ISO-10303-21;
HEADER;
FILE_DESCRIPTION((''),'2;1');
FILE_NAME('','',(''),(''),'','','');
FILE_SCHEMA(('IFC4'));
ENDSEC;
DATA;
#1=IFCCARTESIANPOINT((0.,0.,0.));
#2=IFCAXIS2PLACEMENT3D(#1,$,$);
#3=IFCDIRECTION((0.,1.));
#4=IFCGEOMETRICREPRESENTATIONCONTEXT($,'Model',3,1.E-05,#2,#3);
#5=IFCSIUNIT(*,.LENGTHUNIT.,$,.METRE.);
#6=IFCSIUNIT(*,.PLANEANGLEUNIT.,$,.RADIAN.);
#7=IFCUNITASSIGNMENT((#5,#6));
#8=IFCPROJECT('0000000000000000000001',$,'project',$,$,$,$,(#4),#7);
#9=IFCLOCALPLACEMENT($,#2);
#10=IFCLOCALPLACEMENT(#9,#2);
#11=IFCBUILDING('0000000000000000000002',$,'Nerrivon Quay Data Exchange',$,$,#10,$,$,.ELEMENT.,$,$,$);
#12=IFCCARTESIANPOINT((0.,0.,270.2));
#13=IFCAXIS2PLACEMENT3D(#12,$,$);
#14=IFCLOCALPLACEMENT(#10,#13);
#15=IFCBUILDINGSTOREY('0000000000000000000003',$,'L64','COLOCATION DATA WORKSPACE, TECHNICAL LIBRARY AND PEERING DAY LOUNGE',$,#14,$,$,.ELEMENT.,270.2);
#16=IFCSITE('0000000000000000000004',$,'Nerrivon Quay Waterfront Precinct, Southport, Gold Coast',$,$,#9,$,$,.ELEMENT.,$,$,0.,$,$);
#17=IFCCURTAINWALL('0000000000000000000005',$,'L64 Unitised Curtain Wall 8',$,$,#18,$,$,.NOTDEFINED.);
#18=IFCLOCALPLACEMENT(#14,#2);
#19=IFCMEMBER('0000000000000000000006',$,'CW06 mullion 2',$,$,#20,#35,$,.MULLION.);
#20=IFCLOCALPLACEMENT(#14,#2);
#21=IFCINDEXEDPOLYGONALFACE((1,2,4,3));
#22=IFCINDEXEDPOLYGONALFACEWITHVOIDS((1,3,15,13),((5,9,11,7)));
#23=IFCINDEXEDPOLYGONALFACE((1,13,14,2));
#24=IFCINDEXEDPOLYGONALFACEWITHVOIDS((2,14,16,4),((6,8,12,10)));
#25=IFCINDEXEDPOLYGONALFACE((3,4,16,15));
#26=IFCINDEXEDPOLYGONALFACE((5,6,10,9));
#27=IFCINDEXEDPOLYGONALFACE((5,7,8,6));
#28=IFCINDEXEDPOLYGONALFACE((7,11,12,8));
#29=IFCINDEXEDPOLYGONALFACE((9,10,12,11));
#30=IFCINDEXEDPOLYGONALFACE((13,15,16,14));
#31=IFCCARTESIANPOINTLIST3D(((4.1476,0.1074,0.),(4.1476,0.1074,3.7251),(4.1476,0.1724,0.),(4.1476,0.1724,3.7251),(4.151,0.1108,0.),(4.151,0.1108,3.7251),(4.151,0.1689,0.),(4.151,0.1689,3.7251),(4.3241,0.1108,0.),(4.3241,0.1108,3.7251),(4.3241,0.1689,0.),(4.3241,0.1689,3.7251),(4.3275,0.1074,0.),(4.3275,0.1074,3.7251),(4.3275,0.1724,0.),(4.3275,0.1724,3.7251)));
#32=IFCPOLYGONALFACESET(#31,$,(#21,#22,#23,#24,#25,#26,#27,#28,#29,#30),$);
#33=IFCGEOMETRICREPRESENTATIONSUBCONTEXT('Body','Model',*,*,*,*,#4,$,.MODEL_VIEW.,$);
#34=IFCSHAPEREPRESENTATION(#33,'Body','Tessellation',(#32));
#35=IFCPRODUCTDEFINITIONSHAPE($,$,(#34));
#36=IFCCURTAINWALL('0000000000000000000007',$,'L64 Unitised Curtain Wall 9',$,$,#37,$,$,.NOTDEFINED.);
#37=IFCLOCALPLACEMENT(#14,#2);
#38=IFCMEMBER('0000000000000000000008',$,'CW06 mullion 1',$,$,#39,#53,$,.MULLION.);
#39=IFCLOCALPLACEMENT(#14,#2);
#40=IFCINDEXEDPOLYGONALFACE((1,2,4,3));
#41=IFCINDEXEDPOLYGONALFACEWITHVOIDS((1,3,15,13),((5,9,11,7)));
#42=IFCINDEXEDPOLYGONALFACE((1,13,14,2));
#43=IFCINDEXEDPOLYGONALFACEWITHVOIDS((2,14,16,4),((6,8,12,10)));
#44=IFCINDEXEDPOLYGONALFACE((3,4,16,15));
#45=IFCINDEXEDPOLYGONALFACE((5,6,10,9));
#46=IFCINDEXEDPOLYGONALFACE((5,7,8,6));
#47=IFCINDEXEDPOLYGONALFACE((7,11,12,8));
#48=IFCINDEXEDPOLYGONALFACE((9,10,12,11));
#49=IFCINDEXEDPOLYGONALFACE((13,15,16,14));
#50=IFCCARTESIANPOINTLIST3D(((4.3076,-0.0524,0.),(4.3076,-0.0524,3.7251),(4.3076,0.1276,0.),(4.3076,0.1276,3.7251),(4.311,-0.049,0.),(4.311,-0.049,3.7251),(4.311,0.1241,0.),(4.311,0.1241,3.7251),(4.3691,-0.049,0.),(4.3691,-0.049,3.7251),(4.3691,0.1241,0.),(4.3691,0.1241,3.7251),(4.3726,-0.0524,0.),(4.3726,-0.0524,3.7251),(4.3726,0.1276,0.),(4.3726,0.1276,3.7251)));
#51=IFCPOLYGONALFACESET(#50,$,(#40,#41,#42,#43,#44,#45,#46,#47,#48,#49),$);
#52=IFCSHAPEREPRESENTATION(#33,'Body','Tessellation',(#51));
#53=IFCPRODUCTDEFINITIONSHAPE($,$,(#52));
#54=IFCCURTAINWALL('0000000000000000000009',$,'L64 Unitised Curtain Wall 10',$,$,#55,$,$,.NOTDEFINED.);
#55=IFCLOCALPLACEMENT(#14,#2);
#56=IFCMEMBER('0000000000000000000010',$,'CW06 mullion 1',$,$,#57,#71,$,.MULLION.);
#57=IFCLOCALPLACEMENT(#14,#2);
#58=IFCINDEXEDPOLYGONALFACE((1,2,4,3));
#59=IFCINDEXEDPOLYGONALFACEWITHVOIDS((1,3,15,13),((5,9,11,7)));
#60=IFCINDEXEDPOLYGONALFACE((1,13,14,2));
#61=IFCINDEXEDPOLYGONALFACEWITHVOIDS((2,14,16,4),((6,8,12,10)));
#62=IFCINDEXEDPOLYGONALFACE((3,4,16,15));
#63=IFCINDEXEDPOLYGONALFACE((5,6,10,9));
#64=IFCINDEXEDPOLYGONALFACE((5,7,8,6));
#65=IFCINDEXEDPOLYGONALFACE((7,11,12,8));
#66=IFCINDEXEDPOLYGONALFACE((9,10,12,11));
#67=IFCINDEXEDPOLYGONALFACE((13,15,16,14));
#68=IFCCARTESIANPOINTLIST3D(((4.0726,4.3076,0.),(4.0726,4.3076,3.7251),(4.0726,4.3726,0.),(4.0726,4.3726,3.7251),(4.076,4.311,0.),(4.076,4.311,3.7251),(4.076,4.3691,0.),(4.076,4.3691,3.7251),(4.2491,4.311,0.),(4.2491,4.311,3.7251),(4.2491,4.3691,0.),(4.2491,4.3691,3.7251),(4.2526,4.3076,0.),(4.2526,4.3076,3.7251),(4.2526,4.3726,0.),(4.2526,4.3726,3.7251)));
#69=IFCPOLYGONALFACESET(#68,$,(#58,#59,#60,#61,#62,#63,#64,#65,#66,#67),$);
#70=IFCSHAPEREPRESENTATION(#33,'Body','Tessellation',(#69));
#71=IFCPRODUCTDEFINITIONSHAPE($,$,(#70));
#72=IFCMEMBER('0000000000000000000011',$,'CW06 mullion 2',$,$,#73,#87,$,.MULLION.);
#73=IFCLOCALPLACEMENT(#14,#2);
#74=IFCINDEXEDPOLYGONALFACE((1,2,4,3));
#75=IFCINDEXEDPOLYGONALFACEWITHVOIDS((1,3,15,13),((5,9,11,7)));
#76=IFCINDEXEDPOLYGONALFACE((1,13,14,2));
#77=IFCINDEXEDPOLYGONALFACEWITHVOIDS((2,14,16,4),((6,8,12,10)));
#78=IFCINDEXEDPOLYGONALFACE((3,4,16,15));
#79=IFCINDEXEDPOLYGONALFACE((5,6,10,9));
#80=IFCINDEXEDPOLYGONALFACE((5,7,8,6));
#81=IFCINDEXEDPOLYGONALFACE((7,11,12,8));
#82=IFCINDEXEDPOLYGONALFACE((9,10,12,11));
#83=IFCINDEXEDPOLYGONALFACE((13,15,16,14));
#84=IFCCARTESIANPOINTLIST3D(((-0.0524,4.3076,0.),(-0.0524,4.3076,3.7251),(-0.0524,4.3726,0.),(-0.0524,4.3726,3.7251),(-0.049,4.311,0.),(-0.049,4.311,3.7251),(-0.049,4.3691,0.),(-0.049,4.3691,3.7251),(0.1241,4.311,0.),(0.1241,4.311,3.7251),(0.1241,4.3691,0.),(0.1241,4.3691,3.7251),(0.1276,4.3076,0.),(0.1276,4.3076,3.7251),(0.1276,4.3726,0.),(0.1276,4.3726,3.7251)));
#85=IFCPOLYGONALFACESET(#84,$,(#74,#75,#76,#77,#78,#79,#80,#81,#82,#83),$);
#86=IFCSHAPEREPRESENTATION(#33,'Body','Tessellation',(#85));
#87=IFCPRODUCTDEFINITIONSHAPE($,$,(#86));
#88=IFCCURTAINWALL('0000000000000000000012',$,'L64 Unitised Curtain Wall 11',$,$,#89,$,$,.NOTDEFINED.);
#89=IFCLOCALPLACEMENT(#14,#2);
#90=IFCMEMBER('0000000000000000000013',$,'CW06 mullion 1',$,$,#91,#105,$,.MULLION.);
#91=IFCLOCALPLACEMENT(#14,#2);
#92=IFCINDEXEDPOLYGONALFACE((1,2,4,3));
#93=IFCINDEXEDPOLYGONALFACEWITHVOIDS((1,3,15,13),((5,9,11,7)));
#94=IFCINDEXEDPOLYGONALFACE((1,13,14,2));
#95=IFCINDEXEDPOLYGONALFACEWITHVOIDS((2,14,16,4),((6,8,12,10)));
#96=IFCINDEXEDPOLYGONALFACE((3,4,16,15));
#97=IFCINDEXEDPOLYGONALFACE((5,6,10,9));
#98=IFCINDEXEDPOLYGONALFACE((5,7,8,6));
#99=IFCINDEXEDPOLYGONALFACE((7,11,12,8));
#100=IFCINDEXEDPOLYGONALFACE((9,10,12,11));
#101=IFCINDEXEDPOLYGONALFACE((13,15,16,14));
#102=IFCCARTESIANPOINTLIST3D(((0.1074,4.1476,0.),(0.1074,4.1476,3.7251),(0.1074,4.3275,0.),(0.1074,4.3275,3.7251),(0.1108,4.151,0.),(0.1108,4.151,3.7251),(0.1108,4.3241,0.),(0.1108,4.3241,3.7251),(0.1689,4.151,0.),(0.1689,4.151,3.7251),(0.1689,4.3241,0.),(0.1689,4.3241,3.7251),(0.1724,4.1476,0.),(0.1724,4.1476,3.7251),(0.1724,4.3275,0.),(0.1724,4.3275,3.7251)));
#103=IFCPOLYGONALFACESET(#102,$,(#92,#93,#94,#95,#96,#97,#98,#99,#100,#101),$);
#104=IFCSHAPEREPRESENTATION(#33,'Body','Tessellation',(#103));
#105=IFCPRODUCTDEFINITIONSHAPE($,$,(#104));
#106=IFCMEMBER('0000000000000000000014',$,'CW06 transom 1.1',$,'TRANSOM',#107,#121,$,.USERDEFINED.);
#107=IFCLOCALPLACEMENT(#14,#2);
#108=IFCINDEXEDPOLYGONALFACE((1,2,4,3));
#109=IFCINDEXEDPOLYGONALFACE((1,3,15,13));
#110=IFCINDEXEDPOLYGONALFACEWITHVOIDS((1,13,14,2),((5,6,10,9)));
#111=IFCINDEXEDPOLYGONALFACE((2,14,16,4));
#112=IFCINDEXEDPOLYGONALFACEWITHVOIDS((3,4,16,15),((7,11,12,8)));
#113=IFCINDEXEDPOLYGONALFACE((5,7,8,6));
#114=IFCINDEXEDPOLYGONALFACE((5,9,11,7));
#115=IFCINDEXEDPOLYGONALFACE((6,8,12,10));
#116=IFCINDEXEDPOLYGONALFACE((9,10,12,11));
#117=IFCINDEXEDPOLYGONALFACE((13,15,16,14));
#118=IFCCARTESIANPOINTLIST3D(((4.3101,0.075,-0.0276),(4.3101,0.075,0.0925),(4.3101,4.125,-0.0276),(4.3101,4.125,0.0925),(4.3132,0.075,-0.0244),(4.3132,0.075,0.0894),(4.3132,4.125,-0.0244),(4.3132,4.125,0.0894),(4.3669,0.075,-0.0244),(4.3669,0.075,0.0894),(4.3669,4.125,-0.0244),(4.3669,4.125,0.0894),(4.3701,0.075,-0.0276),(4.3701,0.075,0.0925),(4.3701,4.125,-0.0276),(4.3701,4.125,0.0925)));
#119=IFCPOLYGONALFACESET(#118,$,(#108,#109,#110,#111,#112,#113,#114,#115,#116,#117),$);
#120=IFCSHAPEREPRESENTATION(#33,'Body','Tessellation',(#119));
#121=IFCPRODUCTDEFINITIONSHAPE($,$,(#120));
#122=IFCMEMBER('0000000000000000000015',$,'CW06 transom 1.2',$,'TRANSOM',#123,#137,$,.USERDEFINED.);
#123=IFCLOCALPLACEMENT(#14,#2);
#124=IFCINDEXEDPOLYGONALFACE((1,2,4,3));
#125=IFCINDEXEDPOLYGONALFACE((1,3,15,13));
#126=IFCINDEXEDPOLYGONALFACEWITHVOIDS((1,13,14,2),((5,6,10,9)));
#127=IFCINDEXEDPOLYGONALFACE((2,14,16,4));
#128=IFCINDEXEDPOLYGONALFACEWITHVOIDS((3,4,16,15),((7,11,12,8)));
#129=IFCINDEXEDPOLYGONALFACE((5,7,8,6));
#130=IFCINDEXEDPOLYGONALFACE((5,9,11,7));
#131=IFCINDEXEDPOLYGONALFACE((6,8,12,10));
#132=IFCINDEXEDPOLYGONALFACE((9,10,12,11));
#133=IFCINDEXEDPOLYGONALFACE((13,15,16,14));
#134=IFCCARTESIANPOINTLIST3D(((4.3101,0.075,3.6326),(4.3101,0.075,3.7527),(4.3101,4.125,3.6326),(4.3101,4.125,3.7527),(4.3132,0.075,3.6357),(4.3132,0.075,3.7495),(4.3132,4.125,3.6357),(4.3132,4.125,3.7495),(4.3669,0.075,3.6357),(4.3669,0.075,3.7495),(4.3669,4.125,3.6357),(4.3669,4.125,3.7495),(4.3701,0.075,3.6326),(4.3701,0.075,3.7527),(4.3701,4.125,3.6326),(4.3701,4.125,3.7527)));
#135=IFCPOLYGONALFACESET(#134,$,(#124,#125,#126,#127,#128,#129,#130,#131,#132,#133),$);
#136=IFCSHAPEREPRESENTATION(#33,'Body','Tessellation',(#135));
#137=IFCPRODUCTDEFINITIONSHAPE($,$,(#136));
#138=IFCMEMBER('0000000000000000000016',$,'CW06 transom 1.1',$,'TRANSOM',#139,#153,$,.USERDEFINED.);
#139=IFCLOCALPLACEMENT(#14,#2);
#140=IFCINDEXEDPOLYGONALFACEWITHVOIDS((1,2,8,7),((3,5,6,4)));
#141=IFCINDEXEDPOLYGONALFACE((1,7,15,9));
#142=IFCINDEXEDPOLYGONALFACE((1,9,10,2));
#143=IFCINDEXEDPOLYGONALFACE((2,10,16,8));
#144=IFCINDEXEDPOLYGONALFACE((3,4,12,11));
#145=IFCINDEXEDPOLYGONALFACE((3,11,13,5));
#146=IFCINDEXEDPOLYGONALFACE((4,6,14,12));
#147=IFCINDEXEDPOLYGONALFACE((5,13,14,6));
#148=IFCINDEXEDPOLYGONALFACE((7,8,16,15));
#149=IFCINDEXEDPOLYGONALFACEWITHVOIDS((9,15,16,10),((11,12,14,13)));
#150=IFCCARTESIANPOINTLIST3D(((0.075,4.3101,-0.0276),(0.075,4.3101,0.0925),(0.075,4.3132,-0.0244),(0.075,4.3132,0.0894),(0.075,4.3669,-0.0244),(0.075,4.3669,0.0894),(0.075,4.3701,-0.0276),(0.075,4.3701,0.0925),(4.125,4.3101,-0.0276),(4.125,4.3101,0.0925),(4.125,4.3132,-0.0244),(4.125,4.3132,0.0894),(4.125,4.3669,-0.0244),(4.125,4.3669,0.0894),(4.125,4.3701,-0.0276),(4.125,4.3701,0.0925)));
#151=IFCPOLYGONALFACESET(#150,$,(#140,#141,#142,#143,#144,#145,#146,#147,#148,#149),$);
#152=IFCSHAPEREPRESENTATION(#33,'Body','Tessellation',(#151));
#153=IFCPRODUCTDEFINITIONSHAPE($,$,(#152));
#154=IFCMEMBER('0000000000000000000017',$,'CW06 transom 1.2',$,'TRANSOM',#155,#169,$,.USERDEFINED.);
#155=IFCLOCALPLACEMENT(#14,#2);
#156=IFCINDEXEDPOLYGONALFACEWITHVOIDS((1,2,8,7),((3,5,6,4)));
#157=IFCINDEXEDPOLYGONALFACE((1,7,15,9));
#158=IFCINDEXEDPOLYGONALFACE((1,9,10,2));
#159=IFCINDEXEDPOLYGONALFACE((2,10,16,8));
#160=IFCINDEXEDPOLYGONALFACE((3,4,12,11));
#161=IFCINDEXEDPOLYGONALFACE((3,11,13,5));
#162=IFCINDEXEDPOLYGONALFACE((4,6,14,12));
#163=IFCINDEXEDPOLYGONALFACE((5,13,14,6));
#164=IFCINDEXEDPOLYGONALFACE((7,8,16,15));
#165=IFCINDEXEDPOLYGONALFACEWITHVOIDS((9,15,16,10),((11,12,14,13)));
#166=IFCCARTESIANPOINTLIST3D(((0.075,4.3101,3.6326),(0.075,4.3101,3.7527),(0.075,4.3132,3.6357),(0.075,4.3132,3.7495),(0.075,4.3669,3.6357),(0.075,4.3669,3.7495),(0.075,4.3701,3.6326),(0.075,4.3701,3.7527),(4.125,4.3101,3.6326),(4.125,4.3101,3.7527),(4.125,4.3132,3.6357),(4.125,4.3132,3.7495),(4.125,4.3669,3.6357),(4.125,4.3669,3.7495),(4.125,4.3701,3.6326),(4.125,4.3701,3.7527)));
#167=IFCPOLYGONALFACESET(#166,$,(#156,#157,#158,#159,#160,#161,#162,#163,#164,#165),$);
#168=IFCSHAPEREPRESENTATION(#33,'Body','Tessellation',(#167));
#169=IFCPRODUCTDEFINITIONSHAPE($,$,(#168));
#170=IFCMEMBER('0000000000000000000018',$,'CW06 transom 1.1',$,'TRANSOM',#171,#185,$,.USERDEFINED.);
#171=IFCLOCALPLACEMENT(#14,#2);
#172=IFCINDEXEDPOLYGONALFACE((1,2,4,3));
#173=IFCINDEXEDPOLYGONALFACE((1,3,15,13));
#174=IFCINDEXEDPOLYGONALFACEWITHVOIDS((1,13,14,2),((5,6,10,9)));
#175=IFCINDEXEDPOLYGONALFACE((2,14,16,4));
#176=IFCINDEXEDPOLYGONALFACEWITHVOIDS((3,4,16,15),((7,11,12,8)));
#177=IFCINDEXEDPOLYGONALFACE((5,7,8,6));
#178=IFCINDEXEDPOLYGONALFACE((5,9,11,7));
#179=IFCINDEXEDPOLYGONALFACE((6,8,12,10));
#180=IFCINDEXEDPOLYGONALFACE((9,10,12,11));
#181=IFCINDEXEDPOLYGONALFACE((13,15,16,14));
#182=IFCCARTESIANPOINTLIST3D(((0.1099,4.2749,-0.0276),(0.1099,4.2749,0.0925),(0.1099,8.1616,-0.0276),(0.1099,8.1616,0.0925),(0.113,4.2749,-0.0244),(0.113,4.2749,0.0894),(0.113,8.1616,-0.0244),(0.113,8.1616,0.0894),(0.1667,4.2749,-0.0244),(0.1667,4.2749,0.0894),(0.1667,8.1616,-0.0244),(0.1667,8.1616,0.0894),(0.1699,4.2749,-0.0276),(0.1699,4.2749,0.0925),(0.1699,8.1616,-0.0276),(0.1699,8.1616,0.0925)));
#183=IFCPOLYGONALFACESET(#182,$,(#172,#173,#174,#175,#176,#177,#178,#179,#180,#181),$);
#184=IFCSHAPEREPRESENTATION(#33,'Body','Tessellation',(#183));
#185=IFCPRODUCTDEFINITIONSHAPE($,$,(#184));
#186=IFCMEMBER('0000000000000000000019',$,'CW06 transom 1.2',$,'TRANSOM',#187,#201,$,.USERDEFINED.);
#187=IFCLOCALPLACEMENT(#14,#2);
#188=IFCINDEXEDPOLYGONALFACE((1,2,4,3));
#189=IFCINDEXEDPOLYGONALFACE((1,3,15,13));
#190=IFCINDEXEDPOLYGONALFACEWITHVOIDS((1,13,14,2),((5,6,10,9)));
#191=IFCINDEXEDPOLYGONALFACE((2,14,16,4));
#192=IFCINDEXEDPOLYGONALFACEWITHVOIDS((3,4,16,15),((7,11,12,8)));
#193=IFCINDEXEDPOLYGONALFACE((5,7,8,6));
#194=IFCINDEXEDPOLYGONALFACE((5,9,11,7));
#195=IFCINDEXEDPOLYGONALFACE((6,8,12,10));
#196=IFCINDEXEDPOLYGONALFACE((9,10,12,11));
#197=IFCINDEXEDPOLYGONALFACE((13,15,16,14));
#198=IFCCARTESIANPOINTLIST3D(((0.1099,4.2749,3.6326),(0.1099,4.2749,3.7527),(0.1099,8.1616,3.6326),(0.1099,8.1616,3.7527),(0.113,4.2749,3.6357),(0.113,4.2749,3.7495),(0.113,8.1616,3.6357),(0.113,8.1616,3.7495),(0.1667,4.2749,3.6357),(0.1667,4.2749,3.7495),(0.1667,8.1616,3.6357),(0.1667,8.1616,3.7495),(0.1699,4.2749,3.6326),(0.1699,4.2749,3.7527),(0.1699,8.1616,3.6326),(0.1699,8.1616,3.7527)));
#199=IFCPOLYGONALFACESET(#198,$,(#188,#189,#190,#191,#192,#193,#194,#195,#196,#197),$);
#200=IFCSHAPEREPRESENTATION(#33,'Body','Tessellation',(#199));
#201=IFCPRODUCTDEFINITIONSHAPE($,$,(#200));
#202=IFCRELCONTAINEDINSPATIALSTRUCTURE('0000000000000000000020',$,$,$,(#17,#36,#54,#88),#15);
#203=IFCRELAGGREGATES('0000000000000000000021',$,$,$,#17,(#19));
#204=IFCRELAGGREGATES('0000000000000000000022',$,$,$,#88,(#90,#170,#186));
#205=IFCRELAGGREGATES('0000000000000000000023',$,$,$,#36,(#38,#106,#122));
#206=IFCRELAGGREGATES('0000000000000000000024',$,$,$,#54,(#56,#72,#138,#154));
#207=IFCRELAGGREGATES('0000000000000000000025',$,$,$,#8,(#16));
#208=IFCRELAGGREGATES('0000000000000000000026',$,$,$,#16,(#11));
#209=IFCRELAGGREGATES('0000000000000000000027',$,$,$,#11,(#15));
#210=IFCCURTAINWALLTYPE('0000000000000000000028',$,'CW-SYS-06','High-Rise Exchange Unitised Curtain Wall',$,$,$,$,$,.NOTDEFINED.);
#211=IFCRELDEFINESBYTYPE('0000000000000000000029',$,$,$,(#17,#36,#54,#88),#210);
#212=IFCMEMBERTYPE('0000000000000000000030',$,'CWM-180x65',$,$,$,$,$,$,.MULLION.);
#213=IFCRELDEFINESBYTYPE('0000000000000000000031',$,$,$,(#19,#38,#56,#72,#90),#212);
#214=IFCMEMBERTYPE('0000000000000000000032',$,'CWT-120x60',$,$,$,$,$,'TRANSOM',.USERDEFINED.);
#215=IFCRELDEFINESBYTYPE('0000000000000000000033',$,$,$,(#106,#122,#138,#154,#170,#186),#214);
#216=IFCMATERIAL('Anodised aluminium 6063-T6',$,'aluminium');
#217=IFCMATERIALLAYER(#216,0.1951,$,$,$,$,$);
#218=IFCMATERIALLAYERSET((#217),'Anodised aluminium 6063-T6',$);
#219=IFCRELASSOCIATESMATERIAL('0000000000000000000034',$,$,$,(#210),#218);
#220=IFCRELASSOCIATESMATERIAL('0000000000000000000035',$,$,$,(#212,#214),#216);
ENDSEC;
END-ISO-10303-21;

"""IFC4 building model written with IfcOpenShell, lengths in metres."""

from ifc_helpers import new_model, si_unit, direction, frame, origin, origin_2d, place, context, subcontext, project, spatial, hollow_rectangle, extrude, material, layer, layer_set, material_profile, profile_set, type_object, element, aggregate, save


model = new_model("IFC4")

# Units and contexts
model_context = context("Model", 3, precision=1e-05, world=origin(), true_north=direction((0.0, 1.0)))
body_context = subcontext(model_context, "Body", "Model", "MODEL_VIEW")
ifc_project = project(units=[si_unit("LENGTHUNIT", "METRE"), si_unit("PLANEANGLEUNIT", "RADIAN")], contexts=[model_context])

# Site, building, storey
site_placement = place(None, origin())
site = spatial("IfcSite", under=ifc_project, at=site_placement, Name="Nerrivon Quay Waterfront Precinct, Southport, Gold Coast", CompositionType="ELEMENT", RefElevation=0.0)
building_placement = place(site_placement, origin())
building = spatial("IfcBuilding", under=site, at=building_placement, Name="Nerrivon Quay Data Exchange", CompositionType="ELEMENT")
storey_placement = place(building_placement, frame((0.0, 0.0, 270.2)))
storey = spatial("IfcBuildingStorey", under=building, at=storey_placement, Name="L64", Description="COLOCATION DATA WORKSPACE, TECHNICAL LIBRARY AND PEERING DAY LOUNGE", CompositionType="ELEMENT", Elevation=270.2)

# Curtain walls, members
ifc_material_1 = material(Name="Anodised aluminium 6063-T6", Category="aluminium")
ifc_layer_1 = layer(ifc_material_1, 0.1951)
ifc_layer_set_1 = layer_set([ifc_layer_1], Name="Anodised aluminium 6063-T6")
curtain_wall_type = type_object("IfcCurtainWallType", Name="CW-SYS-06", Description="High-Rise Exchange Unitised Curtain Wall", PredefinedType="NOTDEFINED", material=ifc_layer_set_1)
curtain_wall_1_placement = place(storey_placement, origin())
curtain_wall_1 = element("IfcCurtainWall", 1, at=curtain_wall_1_placement, inside=storey, type_object=curtain_wall_type, Name="L64 Unitised Curtain Wall 8", PredefinedType="NOTDEFINED")
ifc_material_profile_1 = material_profile(ifc_material_1, hollow_rectangle(XDim=0.0649, YDim=0.1799, WallThickness=0.0034, at=origin_2d()), Name="ALU-MULL-180x65")
ifc_profile_set_1 = profile_set([ifc_material_profile_1], Name="Anodised aluminium 6063-T6")
member_type_1 = type_object("IfcMemberType", Name="CWM-180x65", PredefinedType="MULLION", material=ifc_profile_set_1)
member_1_placement = place(storey_placement, frame((4.2375, 0.1399, 0.0), z_axis=(0.0, 0.0, 1.0), x_axis=(0.0, -1.0, 0.0)))
member_1 = element("IfcMember", 2, at=member_1_placement, type_object=member_type_1, Name="CW06 mullion 2", PredefinedType="MULLION", context=body_context, shape_type="SweptSolid", body=[
    extrude(hollow_rectangle(XDim=0.0649, YDim=0.1799, WallThickness=0.0034, at=origin_2d()), origin(), (0.0, 0.0, 1.0), 3.7251),
])
aggregate(curtain_wall_1, [member_1])
curtain_wall_2_placement = place(storey_placement, origin())
curtain_wall_2 = element("IfcCurtainWall", 3, at=curtain_wall_2_placement, inside=storey, type_object=curtain_wall_type, Name="L64 Unitised Curtain Wall 9", PredefinedType="NOTDEFINED")
member_2_placement = place(storey_placement, frame((4.3401, 0.0376, 0.0), z_axis=(0.0, 0.0, 1.0), x_axis=(-1.0, 0.0, 0.0)))
member_2 = element("IfcMember", 4, at=member_2_placement, type_object=member_type_1, Name="CW06 mullion 1", PredefinedType="MULLION", context=body_context, shape_type="SweptSolid", body=[
    extrude(hollow_rectangle(XDim=0.0649, YDim=0.1799, WallThickness=0.0034, at=origin_2d()), origin(), (0.0, 0.0, 1.0), 3.7251),
])

# Curtain wall, members
curtain_wall_3_placement = place(storey_placement, origin())
curtain_wall_3 = element("IfcCurtainWall", 5, at=curtain_wall_3_placement, inside=storey, type_object=curtain_wall_type, Name="L64 Unitised Curtain Wall 10", PredefinedType="NOTDEFINED")
member_3_placement = place(storey_placement, frame((4.1626, 4.3401, 0.0), z_axis=(0.0, 0.0, 1.0), x_axis=(0.0, -1.0, 0.0)))
member_3 = element("IfcMember", 6, at=member_3_placement, type_object=member_type_1, Name="CW06 mullion 1", PredefinedType="MULLION", context=body_context, shape_type="SweptSolid", body=[
    extrude(hollow_rectangle(XDim=0.0649, YDim=0.1799, WallThickness=0.0034, at=origin_2d()), origin(), (0.0, 0.0, 1.0), 3.7251),
])
member_4_placement = place(storey_placement, frame((0.0376, 4.3401, 0.0), z_axis=(0.0, 0.0, 1.0), x_axis=(0.0, -1.0, 0.0)))
member_4 = element("IfcMember", 7, at=member_4_placement, type_object=member_type_1, Name="CW06 mullion 2", PredefinedType="MULLION", context=body_context, shape_type="SweptSolid", body=[
    extrude(hollow_rectangle(XDim=0.0649, YDim=0.1799, WallThickness=0.0034, at=origin_2d()), origin(), (0.0, 0.0, 1.0), 3.7251),
])

# Curtain wall, member
curtain_wall_4_placement = place(storey_placement, origin())
curtain_wall_4 = element("IfcCurtainWall", 8, at=curtain_wall_4_placement, inside=storey, type_object=curtain_wall_type, Name="L64 Unitised Curtain Wall 11", PredefinedType="NOTDEFINED")
member_5_placement = place(storey_placement, frame((0.1399, 4.2375, 0.0), z_axis=(0.0, 0.0, 1.0), x_axis=(-1.0, 0.0, 0.0)))
member_5 = element("IfcMember", 9, at=member_5_placement, type_object=member_type_1, Name="CW06 mullion 1", PredefinedType="MULLION", context=body_context, shape_type="SweptSolid", body=[
    extrude(hollow_rectangle(XDim=0.0649, YDim=0.1799, WallThickness=0.0034, at=origin_2d()), origin(), (0.0, 0.0, 1.0), 3.7251),
])

# Members
ifc_material_profile_2 = material_profile(ifc_material_1, hollow_rectangle(XDim=0.0601, YDim=0.1201, WallThickness=0.0032, at=origin_2d()), Name="ALU-TRAN-120x60")
ifc_profile_set_2 = profile_set([ifc_material_profile_2], Name="Anodised aluminium 6063-T6")
member_type_2 = type_object("IfcMemberType", Name="CWT-120x60", ElementType="TRANSOM", PredefinedType="USERDEFINED", material=ifc_profile_set_2)
member_6_placement = place(storey_placement, frame((4.3401, 0.075, 0.0325), z_axis=(0.0, 1.0, 0.0), x_axis=(-1.0, 0.0, 0.0)))
member_6 = element("IfcMember", 10, at=member_6_placement, type_object=member_type_2, Name="CW06 transom 1.1", ObjectType="TRANSOM", PredefinedType="USERDEFINED", context=body_context, shape_type="SweptSolid", body=[
    extrude(hollow_rectangle(XDim=0.0601, YDim=0.1201, WallThickness=0.0032, at=origin_2d()), origin(), (0.0, 0.0, 1.0), 4.05),
])
member_7_placement = place(storey_placement, frame((4.3401, 0.075, 3.6926), z_axis=(0.0, 1.0, 0.0), x_axis=(-1.0, 0.0, 0.0)))
member_7 = element("IfcMember", 11, at=member_7_placement, type_object=member_type_2, Name="CW06 transom 1.2", ObjectType="TRANSOM", PredefinedType="USERDEFINED", context=body_context, shape_type="SweptSolid", body=[
    extrude(hollow_rectangle(XDim=0.0601, YDim=0.1201, WallThickness=0.0032, at=origin_2d()), origin(), (0.0, 0.0, 1.0), 4.05),
])
member_8_placement = place(storey_placement, frame((4.125, 4.3401, 0.0325), z_axis=(-1.0, 0.0, 0.0), x_axis=(0.0, -1.0, 0.0)))
member_8 = element("IfcMember", 12, at=member_8_placement, type_object=member_type_2, Name="CW06 transom 1.1", ObjectType="TRANSOM", PredefinedType="USERDEFINED", context=body_context, shape_type="SweptSolid", body=[
    extrude(hollow_rectangle(XDim=0.0601, YDim=0.1201, WallThickness=0.0032, at=origin_2d()), origin(), (0.0, 0.0, 1.0), 4.05),
])
member_9_placement = place(storey_placement, frame((4.125, 4.3401, 3.6926), z_axis=(-1.0, 0.0, 0.0), x_axis=(0.0, -1.0, 0.0)))
member_9 = element("IfcMember", 13, at=member_9_placement, type_object=member_type_2, Name="CW06 transom 1.2", ObjectType="TRANSOM", PredefinedType="USERDEFINED", context=body_context, shape_type="SweptSolid", body=[
    extrude(hollow_rectangle(XDim=0.0601, YDim=0.1201, WallThickness=0.0032, at=origin_2d()), origin(), (0.0, 0.0, 1.0), 4.05),
])
member_10_placement = place(storey_placement, frame((0.1399, 4.2749, 0.0325), z_axis=(0.0, 1.0, 0.0), x_axis=(-1.0, 0.0, 0.0)))
member_10 = element("IfcMember", 14, at=member_10_placement, type_object=member_type_2, Name="CW06 transom 1.1", ObjectType="TRANSOM", PredefinedType="USERDEFINED", context=body_context, shape_type="SweptSolid", body=[
    extrude(hollow_rectangle(XDim=0.0601, YDim=0.1201, WallThickness=0.0032, at=origin_2d()), origin(), (0.0, 0.0, 1.0), 3.8867),
])
member_11_placement = place(storey_placement, frame((0.1399, 4.2749, 3.6926), z_axis=(0.0, 1.0, 0.0), x_axis=(-1.0, 0.0, 0.0)))
member_11 = element("IfcMember", 15, at=member_11_placement, type_object=member_type_2, Name="CW06 transom 1.2", ObjectType="TRANSOM", PredefinedType="USERDEFINED", context=body_context, shape_type="SweptSolid", body=[
    extrude(hollow_rectangle(XDim=0.0601, YDim=0.1201, WallThickness=0.0032, at=origin_2d()), origin(), (0.0, 0.0, 1.0), 3.8867),
])
aggregate(curtain_wall_4, [member_5, member_10, member_11])

aggregate(curtain_wall_2, [member_2, member_6, member_7])
aggregate(curtain_wall_3, [member_3, member_4, member_8, member_9])

save(model, "model.ifc")
